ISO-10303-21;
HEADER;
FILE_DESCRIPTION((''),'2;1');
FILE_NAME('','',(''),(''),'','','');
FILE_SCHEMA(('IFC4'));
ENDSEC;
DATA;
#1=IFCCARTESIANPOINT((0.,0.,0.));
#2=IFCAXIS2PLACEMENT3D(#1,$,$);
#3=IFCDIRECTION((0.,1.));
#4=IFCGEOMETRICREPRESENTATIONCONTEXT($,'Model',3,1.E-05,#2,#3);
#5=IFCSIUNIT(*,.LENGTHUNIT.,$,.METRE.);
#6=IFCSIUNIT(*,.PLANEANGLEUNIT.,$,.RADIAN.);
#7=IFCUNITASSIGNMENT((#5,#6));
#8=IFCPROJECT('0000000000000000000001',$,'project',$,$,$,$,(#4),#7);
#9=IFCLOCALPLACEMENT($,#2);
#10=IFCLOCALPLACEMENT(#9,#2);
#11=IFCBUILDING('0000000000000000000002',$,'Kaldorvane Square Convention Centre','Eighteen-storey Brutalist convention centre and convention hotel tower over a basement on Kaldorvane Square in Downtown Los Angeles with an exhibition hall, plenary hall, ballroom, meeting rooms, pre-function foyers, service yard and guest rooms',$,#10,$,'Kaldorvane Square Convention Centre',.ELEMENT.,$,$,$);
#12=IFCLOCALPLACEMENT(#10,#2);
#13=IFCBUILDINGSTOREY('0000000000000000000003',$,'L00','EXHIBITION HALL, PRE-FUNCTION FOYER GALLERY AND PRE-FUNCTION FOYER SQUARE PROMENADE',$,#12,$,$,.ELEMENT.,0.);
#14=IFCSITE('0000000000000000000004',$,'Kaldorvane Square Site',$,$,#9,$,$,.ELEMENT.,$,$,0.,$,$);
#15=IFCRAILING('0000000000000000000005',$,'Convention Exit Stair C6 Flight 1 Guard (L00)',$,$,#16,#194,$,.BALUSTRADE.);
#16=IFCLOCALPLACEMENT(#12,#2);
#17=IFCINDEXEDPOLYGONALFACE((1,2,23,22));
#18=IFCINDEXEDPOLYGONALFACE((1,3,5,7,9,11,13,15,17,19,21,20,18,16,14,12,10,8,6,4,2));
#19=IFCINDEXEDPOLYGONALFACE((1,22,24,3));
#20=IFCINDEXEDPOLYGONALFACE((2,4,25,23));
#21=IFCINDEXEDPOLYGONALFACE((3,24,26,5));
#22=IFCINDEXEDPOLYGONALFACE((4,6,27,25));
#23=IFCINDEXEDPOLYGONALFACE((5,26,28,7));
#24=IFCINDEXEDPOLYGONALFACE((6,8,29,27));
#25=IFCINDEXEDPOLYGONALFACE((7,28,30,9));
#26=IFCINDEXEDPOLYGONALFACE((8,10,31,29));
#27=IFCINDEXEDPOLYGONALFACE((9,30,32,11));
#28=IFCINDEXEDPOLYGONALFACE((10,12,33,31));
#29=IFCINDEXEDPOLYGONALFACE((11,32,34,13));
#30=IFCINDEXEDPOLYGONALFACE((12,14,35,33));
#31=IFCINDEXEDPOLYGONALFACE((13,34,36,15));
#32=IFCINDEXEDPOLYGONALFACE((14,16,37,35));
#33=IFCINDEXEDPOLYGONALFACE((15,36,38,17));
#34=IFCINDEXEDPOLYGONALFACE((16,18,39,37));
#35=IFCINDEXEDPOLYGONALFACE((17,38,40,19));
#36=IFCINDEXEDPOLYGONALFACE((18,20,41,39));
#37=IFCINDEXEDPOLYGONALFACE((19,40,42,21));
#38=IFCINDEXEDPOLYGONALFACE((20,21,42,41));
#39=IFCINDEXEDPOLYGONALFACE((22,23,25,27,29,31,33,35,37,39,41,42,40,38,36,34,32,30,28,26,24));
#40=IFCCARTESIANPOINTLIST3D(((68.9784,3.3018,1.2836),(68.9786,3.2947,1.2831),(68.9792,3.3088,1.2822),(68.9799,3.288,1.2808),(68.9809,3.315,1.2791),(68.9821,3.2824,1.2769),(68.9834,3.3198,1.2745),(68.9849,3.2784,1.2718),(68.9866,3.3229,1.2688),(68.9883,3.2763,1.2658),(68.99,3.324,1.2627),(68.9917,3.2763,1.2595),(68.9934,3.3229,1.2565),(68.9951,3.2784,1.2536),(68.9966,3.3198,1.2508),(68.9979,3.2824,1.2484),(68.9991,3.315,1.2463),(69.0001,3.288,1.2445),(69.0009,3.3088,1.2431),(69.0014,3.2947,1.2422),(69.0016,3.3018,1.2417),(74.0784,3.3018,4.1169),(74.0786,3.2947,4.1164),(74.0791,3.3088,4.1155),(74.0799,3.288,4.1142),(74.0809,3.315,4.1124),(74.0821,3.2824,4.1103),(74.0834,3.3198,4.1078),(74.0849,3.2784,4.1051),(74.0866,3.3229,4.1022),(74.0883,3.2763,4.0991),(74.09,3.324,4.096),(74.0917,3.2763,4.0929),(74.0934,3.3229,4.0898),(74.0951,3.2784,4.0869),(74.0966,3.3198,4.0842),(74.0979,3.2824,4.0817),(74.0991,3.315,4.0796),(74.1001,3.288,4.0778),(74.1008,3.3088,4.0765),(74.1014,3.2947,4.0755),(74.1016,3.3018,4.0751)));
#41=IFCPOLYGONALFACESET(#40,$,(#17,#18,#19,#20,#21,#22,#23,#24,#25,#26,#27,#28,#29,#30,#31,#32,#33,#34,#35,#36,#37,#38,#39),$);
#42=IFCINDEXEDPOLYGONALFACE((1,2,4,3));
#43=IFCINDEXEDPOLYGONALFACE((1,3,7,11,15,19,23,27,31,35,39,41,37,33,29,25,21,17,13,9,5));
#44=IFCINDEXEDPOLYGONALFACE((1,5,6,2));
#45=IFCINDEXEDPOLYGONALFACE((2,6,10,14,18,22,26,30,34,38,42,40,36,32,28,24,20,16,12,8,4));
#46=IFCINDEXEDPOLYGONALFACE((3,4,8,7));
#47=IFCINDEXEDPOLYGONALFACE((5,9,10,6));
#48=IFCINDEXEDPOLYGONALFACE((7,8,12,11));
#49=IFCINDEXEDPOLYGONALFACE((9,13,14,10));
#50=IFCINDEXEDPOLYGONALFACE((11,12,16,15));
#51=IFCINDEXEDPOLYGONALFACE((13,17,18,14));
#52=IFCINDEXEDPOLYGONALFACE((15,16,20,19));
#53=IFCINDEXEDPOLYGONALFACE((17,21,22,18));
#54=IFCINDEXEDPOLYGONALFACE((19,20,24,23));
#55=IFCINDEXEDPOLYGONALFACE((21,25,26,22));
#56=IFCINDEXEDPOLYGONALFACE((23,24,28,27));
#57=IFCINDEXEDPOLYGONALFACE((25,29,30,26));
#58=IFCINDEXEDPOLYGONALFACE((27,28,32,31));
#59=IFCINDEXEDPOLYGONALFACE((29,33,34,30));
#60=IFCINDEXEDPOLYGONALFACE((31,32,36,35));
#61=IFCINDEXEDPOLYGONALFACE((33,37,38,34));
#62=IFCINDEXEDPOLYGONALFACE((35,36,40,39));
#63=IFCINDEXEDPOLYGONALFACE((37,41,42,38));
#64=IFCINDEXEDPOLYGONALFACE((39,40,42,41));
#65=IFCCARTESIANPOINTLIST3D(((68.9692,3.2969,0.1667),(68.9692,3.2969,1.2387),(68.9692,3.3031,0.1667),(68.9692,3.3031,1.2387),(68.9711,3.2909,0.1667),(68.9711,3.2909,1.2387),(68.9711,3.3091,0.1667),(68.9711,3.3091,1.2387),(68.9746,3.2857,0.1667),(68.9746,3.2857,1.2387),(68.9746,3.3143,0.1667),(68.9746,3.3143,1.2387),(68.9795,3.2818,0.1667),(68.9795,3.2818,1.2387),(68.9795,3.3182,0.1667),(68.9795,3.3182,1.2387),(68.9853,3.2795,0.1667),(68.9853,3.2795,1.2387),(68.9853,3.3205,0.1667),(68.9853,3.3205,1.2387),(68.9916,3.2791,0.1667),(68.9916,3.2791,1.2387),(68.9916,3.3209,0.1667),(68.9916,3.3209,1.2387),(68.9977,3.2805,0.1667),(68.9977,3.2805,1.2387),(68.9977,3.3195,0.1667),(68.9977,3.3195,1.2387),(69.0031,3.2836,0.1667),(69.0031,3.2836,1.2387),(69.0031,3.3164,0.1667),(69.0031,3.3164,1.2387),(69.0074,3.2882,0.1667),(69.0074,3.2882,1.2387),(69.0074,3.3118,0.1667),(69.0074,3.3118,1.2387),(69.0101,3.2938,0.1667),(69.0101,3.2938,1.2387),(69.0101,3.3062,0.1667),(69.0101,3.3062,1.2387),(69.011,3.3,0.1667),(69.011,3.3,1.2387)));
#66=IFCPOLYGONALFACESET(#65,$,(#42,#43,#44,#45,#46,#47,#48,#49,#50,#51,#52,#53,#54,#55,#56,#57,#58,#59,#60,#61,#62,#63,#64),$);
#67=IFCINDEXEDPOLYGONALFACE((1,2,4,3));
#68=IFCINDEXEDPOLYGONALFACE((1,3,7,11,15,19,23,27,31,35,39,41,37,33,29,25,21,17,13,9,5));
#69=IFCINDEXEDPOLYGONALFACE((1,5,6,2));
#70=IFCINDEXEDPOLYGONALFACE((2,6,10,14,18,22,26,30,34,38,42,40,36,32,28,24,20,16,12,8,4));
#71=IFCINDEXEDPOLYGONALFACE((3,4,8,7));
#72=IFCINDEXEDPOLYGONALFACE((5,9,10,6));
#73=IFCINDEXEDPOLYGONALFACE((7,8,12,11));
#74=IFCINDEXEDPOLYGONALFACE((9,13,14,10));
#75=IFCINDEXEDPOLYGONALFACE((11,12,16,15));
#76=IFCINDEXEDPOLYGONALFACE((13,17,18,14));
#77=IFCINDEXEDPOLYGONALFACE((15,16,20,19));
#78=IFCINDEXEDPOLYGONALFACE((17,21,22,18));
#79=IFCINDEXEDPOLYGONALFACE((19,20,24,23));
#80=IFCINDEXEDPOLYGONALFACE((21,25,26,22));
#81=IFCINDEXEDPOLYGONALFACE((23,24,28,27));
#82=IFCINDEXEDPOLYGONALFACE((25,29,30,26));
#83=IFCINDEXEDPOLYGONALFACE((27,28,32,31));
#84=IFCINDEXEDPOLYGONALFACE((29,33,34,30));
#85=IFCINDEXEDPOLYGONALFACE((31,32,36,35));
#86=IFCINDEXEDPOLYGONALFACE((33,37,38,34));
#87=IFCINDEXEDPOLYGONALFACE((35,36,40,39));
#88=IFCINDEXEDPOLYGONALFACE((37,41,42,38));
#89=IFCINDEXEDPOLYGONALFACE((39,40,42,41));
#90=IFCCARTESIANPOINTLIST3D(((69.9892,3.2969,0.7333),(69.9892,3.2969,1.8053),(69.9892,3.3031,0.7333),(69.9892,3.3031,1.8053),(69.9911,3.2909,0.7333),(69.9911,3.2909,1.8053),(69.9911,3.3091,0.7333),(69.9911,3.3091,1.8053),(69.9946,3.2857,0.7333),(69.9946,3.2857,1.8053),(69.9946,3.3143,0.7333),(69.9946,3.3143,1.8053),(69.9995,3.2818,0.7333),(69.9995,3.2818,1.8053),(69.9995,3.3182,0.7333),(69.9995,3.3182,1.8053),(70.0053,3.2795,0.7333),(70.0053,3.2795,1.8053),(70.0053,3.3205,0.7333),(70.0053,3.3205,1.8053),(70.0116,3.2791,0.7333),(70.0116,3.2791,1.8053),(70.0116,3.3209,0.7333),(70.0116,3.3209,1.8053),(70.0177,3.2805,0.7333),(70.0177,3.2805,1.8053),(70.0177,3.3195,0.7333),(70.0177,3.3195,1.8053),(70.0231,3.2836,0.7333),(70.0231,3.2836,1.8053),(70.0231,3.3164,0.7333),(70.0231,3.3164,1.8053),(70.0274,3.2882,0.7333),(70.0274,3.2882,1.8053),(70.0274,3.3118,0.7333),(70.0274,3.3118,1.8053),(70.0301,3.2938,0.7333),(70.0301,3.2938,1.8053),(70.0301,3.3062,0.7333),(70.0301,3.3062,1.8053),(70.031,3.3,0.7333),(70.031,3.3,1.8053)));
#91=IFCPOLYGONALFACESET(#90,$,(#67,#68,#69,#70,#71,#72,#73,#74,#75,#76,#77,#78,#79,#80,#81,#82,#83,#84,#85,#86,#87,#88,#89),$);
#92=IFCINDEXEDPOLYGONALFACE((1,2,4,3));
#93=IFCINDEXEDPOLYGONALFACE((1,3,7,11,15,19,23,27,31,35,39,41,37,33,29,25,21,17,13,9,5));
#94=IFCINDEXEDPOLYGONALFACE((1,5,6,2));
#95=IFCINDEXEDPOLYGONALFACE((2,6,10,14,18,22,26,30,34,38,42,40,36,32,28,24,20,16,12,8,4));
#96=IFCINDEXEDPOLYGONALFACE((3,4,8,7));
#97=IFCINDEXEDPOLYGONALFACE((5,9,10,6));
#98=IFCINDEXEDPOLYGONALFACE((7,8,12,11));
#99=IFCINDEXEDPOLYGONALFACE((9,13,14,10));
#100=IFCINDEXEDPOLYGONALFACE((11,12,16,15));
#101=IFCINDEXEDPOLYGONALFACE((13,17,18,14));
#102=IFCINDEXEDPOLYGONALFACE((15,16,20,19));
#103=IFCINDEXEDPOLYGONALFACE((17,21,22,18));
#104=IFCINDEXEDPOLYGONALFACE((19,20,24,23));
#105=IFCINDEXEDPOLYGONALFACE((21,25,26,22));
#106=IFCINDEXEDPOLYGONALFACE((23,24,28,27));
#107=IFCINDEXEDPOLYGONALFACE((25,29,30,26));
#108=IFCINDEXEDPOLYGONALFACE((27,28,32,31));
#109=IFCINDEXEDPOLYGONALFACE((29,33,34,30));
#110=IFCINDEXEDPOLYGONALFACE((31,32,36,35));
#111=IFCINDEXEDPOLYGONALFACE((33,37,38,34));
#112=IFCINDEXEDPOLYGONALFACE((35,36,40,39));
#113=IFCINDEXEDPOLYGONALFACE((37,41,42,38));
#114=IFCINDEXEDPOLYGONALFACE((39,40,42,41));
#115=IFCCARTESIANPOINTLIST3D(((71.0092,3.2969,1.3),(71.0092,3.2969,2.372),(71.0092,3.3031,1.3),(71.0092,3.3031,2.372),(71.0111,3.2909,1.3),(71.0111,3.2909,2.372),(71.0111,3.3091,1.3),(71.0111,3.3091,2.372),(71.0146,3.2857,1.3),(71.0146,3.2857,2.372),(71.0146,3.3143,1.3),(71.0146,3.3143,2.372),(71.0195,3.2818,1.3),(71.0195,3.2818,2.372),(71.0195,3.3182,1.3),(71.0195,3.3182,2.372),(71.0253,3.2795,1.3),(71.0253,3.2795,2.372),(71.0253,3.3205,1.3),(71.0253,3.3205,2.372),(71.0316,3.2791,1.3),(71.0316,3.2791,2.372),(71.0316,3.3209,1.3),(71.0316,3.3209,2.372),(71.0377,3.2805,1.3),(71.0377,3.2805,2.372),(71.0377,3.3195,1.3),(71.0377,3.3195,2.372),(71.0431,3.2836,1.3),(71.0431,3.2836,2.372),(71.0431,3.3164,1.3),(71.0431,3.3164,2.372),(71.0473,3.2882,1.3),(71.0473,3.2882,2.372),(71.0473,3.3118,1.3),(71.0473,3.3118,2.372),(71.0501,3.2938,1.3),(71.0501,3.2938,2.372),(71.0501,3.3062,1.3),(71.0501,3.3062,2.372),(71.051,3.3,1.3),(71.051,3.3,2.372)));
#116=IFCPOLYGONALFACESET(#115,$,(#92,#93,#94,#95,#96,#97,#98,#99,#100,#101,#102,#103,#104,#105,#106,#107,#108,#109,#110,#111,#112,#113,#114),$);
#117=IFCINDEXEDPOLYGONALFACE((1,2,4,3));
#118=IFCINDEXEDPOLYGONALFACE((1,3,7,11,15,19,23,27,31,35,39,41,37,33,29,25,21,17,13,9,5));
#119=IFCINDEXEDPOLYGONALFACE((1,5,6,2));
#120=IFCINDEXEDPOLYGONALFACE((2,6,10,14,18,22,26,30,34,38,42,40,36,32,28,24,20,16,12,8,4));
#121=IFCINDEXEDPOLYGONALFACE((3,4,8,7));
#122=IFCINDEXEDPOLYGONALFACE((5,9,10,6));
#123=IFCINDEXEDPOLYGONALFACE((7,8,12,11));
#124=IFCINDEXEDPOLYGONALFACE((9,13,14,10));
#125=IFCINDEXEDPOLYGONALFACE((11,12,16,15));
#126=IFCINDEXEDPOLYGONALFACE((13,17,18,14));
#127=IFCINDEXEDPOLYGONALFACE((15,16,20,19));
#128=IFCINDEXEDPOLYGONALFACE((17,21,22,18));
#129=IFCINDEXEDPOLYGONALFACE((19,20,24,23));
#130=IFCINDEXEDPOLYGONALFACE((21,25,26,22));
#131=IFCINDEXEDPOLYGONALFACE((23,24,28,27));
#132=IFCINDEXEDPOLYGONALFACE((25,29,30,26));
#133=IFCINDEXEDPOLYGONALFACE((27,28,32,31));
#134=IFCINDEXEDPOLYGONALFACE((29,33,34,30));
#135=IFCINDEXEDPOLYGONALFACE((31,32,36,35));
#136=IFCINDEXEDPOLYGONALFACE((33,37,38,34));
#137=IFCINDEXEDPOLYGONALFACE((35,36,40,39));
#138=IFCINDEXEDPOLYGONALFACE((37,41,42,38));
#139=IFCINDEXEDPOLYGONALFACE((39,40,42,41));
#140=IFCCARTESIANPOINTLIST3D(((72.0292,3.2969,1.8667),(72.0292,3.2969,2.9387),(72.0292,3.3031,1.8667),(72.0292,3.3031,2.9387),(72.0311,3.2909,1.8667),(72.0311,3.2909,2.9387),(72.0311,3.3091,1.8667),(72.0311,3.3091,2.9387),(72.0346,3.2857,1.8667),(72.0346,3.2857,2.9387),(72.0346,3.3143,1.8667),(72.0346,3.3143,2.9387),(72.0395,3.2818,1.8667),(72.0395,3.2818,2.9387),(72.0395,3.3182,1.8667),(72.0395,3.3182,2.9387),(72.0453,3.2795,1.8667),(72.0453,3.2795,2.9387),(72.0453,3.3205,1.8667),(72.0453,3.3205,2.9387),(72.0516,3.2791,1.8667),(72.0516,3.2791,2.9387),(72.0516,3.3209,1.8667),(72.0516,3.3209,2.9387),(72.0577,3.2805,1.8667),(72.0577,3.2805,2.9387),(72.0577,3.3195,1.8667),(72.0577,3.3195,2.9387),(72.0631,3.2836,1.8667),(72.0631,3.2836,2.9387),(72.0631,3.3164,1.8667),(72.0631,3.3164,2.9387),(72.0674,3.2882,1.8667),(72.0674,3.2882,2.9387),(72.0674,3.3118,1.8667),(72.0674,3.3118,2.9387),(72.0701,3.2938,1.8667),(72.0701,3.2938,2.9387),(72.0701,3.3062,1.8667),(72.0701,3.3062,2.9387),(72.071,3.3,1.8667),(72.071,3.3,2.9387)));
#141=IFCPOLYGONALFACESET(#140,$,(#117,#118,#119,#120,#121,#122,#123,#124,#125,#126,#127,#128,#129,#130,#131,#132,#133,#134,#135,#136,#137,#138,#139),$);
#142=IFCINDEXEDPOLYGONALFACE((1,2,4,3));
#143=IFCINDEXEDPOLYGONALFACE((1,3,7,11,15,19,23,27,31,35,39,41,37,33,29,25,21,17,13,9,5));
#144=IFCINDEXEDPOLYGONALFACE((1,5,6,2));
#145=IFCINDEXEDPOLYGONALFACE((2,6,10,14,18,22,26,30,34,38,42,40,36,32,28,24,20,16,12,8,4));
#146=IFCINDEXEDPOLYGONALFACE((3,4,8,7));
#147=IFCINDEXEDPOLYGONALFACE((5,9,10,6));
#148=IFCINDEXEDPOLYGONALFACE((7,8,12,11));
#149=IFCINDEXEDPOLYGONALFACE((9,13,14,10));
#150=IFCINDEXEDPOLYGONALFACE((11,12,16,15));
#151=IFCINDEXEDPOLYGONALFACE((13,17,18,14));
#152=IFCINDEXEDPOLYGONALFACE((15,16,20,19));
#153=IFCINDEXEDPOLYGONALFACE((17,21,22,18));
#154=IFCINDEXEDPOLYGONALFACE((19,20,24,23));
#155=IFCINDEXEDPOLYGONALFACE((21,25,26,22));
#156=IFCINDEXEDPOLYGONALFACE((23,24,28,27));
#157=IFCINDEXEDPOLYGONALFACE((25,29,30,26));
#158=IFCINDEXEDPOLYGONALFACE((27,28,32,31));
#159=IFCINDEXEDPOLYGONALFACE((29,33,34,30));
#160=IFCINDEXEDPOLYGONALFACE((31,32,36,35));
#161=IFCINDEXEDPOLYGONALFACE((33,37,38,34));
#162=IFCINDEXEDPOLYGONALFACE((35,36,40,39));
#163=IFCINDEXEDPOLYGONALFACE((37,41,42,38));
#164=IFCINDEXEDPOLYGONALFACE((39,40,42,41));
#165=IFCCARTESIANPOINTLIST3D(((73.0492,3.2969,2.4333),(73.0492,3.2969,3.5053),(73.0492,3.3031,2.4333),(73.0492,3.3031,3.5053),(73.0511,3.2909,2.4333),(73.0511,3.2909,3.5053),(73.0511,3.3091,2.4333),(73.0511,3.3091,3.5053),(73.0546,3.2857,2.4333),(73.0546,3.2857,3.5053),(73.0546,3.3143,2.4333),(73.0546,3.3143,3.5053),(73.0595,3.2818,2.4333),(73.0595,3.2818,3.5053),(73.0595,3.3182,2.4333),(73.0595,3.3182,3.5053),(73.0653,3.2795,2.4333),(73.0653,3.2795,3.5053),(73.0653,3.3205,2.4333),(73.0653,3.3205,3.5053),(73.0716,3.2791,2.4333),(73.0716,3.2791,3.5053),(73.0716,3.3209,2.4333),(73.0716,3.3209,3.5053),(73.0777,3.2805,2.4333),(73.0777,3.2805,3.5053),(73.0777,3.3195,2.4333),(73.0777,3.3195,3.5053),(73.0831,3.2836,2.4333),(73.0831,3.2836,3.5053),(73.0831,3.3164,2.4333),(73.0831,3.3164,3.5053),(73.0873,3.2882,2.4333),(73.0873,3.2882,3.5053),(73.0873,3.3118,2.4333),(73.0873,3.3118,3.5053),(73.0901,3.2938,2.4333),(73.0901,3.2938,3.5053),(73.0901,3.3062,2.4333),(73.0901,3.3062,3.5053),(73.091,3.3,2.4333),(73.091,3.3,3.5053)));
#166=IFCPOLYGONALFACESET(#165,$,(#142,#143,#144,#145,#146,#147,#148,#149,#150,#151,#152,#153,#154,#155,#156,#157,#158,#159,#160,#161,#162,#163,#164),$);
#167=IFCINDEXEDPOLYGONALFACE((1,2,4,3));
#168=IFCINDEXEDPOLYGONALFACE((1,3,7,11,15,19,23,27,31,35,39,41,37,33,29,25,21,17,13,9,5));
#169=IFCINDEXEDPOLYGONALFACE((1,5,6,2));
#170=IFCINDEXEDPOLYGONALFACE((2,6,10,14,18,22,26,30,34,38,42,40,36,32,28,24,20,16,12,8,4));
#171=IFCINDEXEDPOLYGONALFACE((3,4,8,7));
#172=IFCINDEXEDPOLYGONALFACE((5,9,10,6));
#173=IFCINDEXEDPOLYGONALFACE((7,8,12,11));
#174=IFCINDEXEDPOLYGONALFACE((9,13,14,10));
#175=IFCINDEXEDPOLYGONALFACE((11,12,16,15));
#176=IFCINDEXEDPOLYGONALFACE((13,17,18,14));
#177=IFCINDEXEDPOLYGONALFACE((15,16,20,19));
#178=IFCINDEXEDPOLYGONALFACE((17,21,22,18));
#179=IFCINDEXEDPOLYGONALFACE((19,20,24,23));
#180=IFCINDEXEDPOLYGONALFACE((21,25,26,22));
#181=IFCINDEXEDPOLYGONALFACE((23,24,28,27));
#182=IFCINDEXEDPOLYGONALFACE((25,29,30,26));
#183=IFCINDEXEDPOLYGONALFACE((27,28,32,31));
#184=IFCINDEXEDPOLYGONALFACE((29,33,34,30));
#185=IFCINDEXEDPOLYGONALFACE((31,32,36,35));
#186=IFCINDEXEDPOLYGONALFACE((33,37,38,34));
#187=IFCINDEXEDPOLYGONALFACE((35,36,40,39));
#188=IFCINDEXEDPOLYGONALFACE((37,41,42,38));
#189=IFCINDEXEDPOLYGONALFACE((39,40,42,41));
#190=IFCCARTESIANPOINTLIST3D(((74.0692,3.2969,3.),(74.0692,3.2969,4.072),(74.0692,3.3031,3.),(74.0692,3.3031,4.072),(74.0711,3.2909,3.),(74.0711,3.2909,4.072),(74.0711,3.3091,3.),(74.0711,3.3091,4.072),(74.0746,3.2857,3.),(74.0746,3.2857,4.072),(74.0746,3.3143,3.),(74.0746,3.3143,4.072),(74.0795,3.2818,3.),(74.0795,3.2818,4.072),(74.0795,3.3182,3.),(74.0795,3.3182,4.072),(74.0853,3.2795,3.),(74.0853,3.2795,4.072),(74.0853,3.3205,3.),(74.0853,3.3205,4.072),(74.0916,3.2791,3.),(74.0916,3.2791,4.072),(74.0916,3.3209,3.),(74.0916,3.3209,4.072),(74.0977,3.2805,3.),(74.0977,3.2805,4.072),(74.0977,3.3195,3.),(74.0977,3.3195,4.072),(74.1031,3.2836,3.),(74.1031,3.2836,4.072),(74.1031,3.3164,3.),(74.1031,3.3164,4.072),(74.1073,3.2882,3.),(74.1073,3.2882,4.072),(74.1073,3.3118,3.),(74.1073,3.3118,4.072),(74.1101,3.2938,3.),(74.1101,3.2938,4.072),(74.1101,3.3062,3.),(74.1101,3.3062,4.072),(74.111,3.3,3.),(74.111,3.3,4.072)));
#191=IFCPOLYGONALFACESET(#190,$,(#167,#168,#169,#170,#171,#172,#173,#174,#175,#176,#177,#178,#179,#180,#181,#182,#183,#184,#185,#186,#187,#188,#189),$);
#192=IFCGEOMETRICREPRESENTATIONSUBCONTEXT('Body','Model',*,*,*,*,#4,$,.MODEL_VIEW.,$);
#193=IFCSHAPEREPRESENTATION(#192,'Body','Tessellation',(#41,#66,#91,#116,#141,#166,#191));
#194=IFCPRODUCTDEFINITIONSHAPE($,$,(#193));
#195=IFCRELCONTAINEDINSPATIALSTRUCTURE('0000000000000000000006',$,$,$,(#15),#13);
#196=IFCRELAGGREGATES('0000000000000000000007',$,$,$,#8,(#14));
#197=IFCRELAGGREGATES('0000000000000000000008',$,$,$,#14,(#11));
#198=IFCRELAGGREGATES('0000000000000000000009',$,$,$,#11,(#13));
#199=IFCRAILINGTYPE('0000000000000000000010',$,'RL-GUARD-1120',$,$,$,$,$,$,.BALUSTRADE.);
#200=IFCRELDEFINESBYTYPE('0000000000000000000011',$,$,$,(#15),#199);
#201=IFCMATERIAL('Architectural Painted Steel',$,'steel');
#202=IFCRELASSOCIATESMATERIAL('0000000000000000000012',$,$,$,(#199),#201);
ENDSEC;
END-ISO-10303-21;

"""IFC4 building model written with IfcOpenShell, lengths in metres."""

from ifc_helpers import new_model, si_unit, direction, frame, origin, origin_2d, place, context, subcontext, project, spatial, circle, extrude, material, type_object, element, save


model = new_model("IFC4")

# Units and contexts
model_context = context("Model", 3, precision=1e-05, world=origin(), true_north=direction((0.0, 1.0)))
body_context = subcontext(model_context, "Body", "Model", "MODEL_VIEW")
ifc_project = project(units=[si_unit("LENGTHUNIT", "METRE"), si_unit("PLANEANGLEUNIT", "RADIAN")], contexts=[model_context])

# Site, building, storey
site_placement = place(None, origin())
site = spatial("IfcSite", under=ifc_project, at=site_placement, Name="Kaldorvane Square Site", CompositionType="ELEMENT", RefElevation=0.0)
building_placement = place(site_placement, origin())
building = spatial("IfcBuilding", under=site, at=building_placement, Name="Kaldorvane Square Convention Centre", Description="Eighteen-storey Brutalist convention centre and convention hotel tower over a basement on Kaldorvane Square in Downtown Los Angeles with an exhibition hall, plenary hall, ballroom, meeting rooms, pre-function foyers, service yard and guest rooms", LongName="Kaldorvane Square Convention Centre", CompositionType="ELEMENT")
storey_placement = place(building_placement, origin())
storey = spatial("IfcBuildingStorey", under=building, at=storey_placement, Name="L00", Description="EXHIBITION HALL, PRE-FUNCTION FOYER GALLERY AND PRE-FUNCTION FOYER SQUARE PROMENADE", CompositionType="ELEMENT", Elevation=0.0)

# Railing
ifc_material_1 = material(Name="Architectural Painted Steel", Category="steel")
railing_type_1 = type_object("IfcRailingType", Name="RL-GUARD-1120", PredefinedType="BALUSTRADE", material=ifc_material_1)
railing_1_placement = place(storey_placement, frame((68.99, 3.3, 0.1667)))
element("IfcRailing", 1, at=railing_1_placement, inside=storey, type_object=railing_type_1, Name="Convention Exit Stair C6 Flight 1 Guard (L00)", PredefinedType="BALUSTRADE", context=body_context, shape_type="SweptSolid", body=[
    extrude(circle(Radius=0.024, at=origin_2d()), frame((0.0, 0.0, 1.096), z_axis=(0.874157, 0.0, 0.485643), x_axis=(0.0, 1.0, 0.0)), (0.0, 0.0, 1.0), 5.8342),
    extrude(circle(Radius=0.021, at=origin_2d()), origin(), (0.0, 0.0, 1.0), 1.072),
    extrude(circle(Radius=0.021, at=origin_2d()), frame((1.02, 0.0, 0.5667)), (0.0, 0.0, 1.0), 1.072),
    extrude(circle(Radius=0.021, at=origin_2d()), frame((2.04, 0.0, 1.1333)), (0.0, 0.0, 1.0), 1.072),
    extrude(circle(Radius=0.021, at=origin_2d()), frame((3.06, 0.0, 1.7)), (0.0, 0.0, 1.0), 1.072),
    extrude(circle(Radius=0.021, at=origin_2d()), frame((4.08, 0.0, 2.2667)), (0.0, 0.0, 1.0), 1.072),
    extrude(circle(Radius=0.021, at=origin_2d()), frame((5.1, 0.0, 2.8333)), (0.0, 0.0, 1.0), 1.072),
])

save(model, "model.ifc")
